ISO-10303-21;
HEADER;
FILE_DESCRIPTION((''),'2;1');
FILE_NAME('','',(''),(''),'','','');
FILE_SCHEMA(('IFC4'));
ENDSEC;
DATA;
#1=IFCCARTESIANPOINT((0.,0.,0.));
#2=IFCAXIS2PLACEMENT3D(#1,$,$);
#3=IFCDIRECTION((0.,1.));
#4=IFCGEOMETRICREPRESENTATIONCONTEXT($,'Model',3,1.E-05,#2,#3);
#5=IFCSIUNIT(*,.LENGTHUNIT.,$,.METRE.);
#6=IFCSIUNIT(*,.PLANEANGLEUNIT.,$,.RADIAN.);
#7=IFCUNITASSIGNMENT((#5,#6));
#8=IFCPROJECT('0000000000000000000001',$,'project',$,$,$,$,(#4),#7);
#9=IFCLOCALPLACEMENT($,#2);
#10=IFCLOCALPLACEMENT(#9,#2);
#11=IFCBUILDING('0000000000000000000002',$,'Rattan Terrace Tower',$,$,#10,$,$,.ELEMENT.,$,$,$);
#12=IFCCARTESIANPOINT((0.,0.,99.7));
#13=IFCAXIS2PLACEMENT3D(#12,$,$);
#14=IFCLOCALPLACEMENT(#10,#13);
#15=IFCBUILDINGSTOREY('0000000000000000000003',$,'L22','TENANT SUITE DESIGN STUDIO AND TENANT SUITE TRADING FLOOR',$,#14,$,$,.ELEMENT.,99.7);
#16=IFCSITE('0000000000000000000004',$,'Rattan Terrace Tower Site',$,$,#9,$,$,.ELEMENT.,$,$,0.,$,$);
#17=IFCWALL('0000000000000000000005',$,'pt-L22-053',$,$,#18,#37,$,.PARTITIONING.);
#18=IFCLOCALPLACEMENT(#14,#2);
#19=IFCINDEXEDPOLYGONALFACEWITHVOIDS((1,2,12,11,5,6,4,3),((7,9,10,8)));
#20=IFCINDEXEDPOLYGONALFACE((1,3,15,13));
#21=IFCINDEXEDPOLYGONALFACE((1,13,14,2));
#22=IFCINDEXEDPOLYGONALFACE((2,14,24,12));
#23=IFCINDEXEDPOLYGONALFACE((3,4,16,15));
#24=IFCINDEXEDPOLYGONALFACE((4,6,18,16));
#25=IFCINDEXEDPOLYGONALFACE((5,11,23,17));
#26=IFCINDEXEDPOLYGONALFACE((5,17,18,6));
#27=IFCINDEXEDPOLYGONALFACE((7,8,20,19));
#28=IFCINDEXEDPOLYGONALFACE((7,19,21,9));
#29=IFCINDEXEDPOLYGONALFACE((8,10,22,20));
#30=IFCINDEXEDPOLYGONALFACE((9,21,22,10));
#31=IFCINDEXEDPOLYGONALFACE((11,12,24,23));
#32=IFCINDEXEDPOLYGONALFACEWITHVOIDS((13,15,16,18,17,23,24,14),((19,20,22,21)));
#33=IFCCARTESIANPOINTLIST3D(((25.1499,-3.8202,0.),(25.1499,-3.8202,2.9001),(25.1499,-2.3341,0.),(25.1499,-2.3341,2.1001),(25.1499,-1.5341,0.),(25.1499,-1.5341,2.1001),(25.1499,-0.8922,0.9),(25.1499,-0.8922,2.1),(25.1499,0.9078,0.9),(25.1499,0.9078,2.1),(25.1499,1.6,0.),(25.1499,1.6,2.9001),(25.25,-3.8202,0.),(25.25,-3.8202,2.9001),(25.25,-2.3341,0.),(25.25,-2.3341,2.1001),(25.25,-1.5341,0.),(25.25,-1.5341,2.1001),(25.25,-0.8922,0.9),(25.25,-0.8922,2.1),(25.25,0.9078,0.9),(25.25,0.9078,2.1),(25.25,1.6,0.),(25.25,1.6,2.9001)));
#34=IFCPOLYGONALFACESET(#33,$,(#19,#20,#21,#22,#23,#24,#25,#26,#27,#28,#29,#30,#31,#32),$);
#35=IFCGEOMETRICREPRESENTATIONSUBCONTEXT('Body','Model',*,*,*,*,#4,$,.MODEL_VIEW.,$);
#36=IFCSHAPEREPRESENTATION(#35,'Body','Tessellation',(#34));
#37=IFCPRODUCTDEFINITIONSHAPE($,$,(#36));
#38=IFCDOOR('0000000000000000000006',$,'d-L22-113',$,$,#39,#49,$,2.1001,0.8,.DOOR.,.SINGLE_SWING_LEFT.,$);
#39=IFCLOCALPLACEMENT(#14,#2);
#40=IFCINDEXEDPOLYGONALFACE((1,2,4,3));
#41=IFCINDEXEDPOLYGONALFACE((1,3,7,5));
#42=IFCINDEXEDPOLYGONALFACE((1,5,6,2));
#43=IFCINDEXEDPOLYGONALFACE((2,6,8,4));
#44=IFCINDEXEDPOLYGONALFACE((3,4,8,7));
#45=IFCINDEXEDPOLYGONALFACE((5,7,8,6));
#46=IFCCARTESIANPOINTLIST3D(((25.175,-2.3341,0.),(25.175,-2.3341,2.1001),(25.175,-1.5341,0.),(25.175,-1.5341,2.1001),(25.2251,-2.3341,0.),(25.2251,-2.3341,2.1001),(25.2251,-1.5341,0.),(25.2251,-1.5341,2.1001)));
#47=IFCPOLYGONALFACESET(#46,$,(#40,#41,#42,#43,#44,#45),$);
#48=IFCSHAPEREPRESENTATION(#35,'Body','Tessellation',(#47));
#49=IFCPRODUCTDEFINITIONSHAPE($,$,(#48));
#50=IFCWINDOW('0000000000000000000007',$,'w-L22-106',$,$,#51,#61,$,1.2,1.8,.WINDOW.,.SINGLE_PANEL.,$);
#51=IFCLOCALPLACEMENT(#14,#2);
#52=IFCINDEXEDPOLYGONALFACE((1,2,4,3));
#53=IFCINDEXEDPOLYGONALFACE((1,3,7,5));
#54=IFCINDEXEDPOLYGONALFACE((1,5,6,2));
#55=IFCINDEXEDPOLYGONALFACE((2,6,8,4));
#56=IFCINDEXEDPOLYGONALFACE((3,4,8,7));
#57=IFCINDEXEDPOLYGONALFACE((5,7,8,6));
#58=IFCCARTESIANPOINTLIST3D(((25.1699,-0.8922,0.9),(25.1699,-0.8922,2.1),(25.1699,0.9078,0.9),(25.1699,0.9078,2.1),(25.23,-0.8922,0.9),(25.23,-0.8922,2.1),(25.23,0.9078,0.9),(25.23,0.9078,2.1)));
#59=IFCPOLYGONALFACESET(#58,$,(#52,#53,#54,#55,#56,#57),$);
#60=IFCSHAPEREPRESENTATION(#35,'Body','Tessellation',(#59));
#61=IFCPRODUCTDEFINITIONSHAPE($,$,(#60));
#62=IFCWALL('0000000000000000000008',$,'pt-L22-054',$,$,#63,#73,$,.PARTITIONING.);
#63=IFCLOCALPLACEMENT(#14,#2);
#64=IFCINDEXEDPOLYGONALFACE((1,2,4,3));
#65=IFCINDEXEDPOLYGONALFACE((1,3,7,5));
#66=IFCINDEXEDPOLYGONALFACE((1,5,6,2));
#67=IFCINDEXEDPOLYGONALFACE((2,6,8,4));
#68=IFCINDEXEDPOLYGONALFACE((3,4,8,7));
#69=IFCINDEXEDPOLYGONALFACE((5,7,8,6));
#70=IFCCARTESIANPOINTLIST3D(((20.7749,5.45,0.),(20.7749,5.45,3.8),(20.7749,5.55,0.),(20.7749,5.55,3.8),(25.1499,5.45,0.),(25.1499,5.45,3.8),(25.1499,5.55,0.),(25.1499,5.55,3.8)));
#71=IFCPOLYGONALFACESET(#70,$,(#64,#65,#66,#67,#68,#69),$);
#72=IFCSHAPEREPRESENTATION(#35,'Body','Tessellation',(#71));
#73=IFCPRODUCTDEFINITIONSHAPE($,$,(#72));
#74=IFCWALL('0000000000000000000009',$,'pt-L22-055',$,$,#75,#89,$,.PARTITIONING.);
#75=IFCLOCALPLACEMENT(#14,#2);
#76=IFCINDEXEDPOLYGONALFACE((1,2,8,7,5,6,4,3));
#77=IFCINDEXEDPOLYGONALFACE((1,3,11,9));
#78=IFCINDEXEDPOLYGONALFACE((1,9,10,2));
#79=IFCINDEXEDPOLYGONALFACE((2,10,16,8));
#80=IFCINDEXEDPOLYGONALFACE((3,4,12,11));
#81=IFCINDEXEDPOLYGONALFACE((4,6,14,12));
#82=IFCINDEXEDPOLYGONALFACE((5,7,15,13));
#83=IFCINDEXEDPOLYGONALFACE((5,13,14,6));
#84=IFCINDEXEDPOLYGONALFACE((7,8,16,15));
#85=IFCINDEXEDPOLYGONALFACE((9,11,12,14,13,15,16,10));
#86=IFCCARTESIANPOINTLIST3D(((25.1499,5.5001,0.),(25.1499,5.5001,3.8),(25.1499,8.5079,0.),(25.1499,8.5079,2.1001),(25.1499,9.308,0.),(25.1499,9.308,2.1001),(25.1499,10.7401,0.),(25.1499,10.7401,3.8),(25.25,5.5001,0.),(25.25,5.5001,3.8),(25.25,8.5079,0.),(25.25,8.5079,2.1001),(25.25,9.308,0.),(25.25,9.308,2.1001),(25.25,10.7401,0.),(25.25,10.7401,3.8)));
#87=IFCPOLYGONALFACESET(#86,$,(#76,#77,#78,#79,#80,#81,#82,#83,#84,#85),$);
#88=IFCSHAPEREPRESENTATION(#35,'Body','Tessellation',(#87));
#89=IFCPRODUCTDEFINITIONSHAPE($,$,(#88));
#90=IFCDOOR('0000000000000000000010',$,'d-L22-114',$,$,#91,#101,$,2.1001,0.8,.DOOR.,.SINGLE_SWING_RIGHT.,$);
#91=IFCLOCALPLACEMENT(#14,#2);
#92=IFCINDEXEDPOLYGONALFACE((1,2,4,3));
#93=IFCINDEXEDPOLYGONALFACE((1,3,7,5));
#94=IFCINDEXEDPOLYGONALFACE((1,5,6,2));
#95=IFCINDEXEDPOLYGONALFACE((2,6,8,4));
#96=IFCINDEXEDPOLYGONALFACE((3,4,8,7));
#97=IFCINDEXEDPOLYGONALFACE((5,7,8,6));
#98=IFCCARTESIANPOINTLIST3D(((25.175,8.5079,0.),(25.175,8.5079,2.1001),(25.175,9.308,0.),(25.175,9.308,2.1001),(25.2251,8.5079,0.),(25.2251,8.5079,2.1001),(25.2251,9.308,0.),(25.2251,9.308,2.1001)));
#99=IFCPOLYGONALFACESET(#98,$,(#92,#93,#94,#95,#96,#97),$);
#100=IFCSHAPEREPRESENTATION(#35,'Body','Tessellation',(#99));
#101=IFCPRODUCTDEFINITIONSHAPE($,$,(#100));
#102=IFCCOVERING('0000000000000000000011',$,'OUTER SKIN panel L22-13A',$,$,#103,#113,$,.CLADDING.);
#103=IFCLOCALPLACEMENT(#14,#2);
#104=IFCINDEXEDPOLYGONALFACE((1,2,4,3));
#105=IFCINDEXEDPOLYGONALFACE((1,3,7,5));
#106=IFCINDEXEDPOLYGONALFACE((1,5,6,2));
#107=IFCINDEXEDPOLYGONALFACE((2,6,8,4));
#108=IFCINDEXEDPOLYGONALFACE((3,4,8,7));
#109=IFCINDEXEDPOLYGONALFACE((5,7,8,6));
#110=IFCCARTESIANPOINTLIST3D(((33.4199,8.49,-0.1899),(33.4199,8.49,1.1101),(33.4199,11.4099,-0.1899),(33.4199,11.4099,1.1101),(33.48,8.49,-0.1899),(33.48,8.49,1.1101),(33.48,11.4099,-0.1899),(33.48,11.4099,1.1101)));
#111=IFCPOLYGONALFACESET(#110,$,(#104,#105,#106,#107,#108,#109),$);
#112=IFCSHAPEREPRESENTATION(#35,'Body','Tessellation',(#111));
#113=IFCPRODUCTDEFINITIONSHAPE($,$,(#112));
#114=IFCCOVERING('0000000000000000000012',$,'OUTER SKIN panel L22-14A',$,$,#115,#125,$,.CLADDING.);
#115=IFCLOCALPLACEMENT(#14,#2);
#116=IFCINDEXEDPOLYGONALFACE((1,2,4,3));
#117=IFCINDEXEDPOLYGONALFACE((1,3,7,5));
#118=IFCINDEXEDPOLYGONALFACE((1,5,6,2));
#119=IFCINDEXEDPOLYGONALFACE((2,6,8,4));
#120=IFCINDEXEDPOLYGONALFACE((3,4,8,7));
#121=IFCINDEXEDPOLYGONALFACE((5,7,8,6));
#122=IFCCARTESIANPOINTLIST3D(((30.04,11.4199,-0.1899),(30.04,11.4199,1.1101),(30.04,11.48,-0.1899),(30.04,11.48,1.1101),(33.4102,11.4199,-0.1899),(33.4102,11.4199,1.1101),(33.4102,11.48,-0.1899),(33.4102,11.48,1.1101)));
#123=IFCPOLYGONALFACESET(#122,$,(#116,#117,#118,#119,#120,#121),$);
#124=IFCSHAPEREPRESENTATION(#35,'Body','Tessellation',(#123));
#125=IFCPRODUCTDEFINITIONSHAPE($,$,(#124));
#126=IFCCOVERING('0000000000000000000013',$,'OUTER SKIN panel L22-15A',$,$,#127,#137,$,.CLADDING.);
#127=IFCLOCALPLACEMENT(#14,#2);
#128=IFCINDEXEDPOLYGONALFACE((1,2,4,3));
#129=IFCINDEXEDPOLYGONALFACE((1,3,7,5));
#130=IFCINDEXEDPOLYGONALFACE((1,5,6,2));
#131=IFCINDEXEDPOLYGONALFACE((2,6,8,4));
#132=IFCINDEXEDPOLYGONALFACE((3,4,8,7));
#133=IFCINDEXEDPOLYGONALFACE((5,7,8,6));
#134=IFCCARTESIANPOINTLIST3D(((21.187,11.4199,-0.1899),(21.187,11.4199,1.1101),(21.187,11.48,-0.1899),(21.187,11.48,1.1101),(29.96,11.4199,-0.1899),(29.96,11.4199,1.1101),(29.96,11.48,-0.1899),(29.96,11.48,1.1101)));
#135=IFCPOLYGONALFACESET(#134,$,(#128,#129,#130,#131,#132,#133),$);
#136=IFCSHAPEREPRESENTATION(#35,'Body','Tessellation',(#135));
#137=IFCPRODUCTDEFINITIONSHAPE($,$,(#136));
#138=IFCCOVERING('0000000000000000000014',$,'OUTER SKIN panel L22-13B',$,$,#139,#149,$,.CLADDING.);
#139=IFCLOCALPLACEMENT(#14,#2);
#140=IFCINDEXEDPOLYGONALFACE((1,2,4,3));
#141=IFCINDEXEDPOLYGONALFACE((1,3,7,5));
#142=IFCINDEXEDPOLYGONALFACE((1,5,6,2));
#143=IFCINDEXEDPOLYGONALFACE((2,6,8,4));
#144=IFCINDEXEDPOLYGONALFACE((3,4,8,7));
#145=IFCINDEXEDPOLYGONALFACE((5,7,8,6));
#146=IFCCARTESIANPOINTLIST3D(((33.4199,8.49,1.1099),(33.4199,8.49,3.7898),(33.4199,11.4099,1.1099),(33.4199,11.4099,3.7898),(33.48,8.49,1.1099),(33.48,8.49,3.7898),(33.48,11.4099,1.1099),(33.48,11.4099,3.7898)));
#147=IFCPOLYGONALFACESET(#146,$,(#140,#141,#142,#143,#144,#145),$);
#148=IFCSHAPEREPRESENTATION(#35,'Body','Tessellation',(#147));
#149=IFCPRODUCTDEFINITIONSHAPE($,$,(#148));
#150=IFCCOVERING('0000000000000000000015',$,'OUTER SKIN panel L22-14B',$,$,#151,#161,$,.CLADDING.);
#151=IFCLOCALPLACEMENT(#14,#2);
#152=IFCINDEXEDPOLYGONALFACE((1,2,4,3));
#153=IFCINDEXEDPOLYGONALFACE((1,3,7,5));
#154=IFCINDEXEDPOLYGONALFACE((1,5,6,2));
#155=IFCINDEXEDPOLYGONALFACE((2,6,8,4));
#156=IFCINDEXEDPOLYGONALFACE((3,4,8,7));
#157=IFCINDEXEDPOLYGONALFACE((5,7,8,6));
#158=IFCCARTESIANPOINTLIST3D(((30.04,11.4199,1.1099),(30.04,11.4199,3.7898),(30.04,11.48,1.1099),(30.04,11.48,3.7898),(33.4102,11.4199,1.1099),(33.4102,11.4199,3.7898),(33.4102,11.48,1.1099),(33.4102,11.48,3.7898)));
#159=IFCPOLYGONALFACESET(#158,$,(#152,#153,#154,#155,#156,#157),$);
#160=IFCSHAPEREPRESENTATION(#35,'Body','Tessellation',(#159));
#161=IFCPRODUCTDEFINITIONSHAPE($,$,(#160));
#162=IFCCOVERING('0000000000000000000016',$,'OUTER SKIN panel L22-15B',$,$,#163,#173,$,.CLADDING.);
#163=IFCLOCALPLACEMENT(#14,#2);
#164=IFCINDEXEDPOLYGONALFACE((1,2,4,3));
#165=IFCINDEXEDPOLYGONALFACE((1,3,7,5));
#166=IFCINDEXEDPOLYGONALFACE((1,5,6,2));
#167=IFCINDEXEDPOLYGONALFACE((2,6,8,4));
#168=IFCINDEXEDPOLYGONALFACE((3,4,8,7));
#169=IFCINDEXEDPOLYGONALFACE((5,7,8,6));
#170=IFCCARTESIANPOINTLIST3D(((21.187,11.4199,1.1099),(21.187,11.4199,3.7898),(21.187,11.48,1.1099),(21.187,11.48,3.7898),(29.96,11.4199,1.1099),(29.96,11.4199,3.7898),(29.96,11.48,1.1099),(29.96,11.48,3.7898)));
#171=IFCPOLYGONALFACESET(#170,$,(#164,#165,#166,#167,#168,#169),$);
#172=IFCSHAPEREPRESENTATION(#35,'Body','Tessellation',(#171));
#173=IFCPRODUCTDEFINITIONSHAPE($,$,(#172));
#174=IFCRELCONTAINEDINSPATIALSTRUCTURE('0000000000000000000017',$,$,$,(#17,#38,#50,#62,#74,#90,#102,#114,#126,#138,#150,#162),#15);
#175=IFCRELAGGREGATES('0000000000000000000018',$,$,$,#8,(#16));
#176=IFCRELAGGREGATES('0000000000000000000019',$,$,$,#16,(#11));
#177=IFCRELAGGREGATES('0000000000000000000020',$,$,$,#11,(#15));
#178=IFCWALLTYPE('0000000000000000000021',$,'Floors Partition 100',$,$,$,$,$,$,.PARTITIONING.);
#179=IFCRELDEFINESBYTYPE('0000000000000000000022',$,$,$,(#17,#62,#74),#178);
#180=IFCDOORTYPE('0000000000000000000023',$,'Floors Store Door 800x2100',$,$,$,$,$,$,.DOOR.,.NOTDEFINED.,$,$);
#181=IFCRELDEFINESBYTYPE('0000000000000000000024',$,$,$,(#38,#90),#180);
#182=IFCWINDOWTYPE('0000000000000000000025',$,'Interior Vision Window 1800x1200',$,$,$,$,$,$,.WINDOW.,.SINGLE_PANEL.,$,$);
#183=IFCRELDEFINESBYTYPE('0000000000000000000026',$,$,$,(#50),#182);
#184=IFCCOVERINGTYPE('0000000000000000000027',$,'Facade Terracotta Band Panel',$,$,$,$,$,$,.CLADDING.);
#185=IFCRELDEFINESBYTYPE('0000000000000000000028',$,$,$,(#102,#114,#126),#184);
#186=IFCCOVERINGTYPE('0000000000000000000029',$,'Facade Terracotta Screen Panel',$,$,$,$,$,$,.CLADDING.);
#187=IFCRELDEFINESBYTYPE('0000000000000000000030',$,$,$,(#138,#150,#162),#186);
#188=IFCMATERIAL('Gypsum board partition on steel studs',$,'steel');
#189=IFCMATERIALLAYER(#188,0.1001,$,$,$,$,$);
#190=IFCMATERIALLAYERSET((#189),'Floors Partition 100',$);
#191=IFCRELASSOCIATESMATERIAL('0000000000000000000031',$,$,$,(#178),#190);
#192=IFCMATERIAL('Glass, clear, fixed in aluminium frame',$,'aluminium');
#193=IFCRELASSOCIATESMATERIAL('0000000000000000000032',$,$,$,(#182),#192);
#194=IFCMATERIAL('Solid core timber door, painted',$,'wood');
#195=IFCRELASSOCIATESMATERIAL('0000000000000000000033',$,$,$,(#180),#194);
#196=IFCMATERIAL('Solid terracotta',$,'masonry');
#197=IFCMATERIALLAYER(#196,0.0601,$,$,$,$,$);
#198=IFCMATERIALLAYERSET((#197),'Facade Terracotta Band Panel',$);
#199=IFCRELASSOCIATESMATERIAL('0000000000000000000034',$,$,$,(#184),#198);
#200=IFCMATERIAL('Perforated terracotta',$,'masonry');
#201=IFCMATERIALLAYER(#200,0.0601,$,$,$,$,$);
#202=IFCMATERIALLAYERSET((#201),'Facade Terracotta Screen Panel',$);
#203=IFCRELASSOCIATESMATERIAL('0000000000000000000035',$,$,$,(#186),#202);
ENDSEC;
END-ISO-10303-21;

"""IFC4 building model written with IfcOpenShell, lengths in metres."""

from ifc_helpers import new_model, si_unit, direction, frame, frame_2d, origin, origin_2d, place, context, subcontext, project, spatial, rectangle, extrude, material, layer, layer_set, type_object, element, fill, save


model = new_model("IFC4")

# Units and contexts
model_context = context("Model", 3, precision=1e-05, world=origin(), true_north=direction((0.0, 1.0)))
body_context = subcontext(model_context, "Body", "Model", "MODEL_VIEW")
ifc_project = project(units=[si_unit("LENGTHUNIT", "METRE"), si_unit("PLANEANGLEUNIT", "RADIAN")], contexts=[model_context])

# Site, building, storey
site_placement = place(None, origin())
site = spatial("IfcSite", under=ifc_project, at=site_placement, Name="Rattan Terrace Tower Site", CompositionType="ELEMENT", RefElevation=0.0)
building_placement = place(site_placement, origin())
building = spatial("IfcBuilding", under=site, at=building_placement, Name="Rattan Terrace Tower", CompositionType="ELEMENT")
storey_placement = place(building_placement, frame((0.0, 0.0, 99.7)))
storey = spatial("IfcBuildingStorey", under=building, at=storey_placement, Name="L22", Description="TENANT SUITE DESIGN STUDIO AND TENANT SUITE TRADING FLOOR", CompositionType="ELEMENT", Elevation=99.7)

# Shared definitions
ifc_material_1 = material(Name="Gypsum board partition on steel studs", Category="steel")
ifc_layer_1 = layer(ifc_material_1, 0.1001)
ifc_layer_set_1 = layer_set([ifc_layer_1], Name="Floors Partition 100")
wall_type_1 = type_object("IfcWallType", Name="Floors Partition 100", PredefinedType="PARTITIONING", material=ifc_layer_set_1)
ifc_material_2 = material(Name="Glass, clear, fixed in aluminium frame", Category="aluminium")
window_type = type_object("IfcWindowType", Name="Interior Vision Window 1800x1200", PartitioningType="SINGLE_PANEL", PredefinedType="WINDOW", material=ifc_material_2)

# Wall, openings, door, window
wall_1_placement = place(storey_placement, frame((25.2, -3.8201, 0.0), z_axis=(0.0, 0.0, 1.0), x_axis=(0.0, 1.0, 0.0)))
wall_1 = element("IfcWall", 1, at=wall_1_placement, inside=storey, type_object=wall_type_1, Name="pt-L22-053", PredefinedType="PARTITIONING", context=body_context, shape_type="SweptSolid", body=[
    extrude(rectangle(XDim=5.4202, YDim=0.1001, at=frame_2d((2.71, 0.0))), origin(), (0.0, 0.0, 1.0), 2.9001),
])
opening_1_placement = place(wall_1_placement, frame((1.4861, 0.0, 0.0)))
opening_1 = element("IfcOpeningElement", 2, at=opening_1_placement, cuts=wall_1, PredefinedType="OPENING", context=body_context, shape_type="SweptSolid", body=[
    extrude(rectangle(XDim=0.8, YDim=2.1001, at=frame_2d((0.3999, 1.05))), frame((0.0, 0.0605, 0.0), z_axis=(0.0, -1.0, 0.0), x_axis=(1.0, 0.0, 0.0)), (0.0, 0.0, 1.0), 0.1211),
])
opening_2_placement = place(wall_1_placement, frame((2.928, 0.0, 0.8999)))
opening_2 = element("IfcOpeningElement", 3, at=opening_2_placement, cuts=wall_1, PredefinedType="OPENING", context=body_context, shape_type="SweptSolid", body=[
    extrude(rectangle(XDim=1.8, YDim=1.2, at=frame_2d((0.8999, 0.6001))), frame((0.0, 0.0605, 0.0), z_axis=(0.0, -1.0, 0.0), x_axis=(1.0, 0.0, 0.0)), (0.0, 0.0, 1.0), 0.1211),
])
ifc_material_3 = material(Name="Solid core timber door, painted", Category="wood")
door_type = type_object("IfcDoorType", Name="Floors Store Door 800x2100", OperationType="NOTDEFINED", PredefinedType="DOOR", material=ifc_material_3)
door_1_placement = place(opening_1_placement, origin())
door_1 = element("IfcDoor", 4, at=door_1_placement, inside=storey, type_object=door_type, Name="d-L22-113", OperationType="SINGLE_SWING_LEFT", OverallHeight=2.1001, OverallWidth=0.8, PredefinedType="DOOR", context=body_context, shape_type="SweptSolid", body=[
    extrude(rectangle(XDim=0.8, YDim=2.1001, at=frame_2d((0.3999, 1.05))), frame((0.0, 0.0249, 0.0), z_axis=(0.0, -1.0, 0.0), x_axis=(1.0, 0.0, 0.0)), (0.0, 0.0, 1.0), 0.05),
])
fill(opening_1, door_1)
window_1_placement = place(opening_2_placement, origin())
window_1 = element("IfcWindow", 5, at=window_1_placement, inside=storey, type_object=window_type, Name="w-L22-106", OverallHeight=1.2, OverallWidth=1.8, PartitioningType="SINGLE_PANEL", PredefinedType="WINDOW", context=body_context, shape_type="SweptSolid", body=[
    extrude(rectangle(XDim=1.8, YDim=1.2, at=frame_2d((0.8999, 0.6001))), frame((0.0, 0.03, 0.0), z_axis=(0.0, -1.0, 0.0), x_axis=(1.0, 0.0, 0.0)), (0.0, 0.0, 1.0), 0.0601),
])
fill(opening_2, window_1)

# Wall
wall_2_placement = place(storey_placement, frame((20.7749, 5.5, 0.0), z_axis=(0.0, 0.0, 1.0), x_axis=(1.0, 0.0, 0.0)))
element("IfcWall", 6, at=wall_2_placement, inside=storey, type_object=wall_type_1, Name="pt-L22-054", PredefinedType="PARTITIONING", context=body_context, shape_type="SweptSolid", body=[
    extrude(rectangle(XDim=4.375, YDim=0.1001, at=frame_2d((2.1875, 0.0))), origin(), (0.0, 0.0, 1.0), 3.8),
])

# Wall, opening, door
wall_3_placement = place(storey_placement, frame((25.2, 5.5, 0.0), z_axis=(0.0, 0.0, 1.0), x_axis=(0.0, 1.0, 0.0)))
wall_3 = element("IfcWall", 7, at=wall_3_placement, inside=storey, type_object=wall_type_1, Name="pt-L22-055", PredefinedType="PARTITIONING", context=body_context, shape_type="SweptSolid", body=[
    extrude(rectangle(XDim=5.24, YDim=0.1001, at=frame_2d((2.6201, 0.0))), origin(), (0.0, 0.0, 1.0), 3.8),
])
opening_3_placement = place(wall_3_placement, frame((3.0081, 0.0, 0.0)))
opening_3 = element("IfcOpeningElement", 8, at=opening_3_placement, cuts=wall_3, PredefinedType="OPENING", context=body_context, shape_type="SweptSolid", body=[
    extrude(rectangle(XDim=0.8, YDim=2.1001, at=frame_2d((0.3999, 1.05))), frame((0.0, 0.0605, 0.0), z_axis=(0.0, -1.0, 0.0), x_axis=(1.0, 0.0, 0.0)), (0.0, 0.0, 1.0), 0.1211),
])
door_2_placement = place(opening_3_placement, origin())
door_2 = element("IfcDoor", 9, at=door_2_placement, inside=storey, type_object=door_type, Name="d-L22-114", OperationType="SINGLE_SWING_RIGHT", OverallHeight=2.1001, OverallWidth=0.8, PredefinedType="DOOR", context=body_context, shape_type="SweptSolid", body=[
    extrude(rectangle(XDim=0.8, YDim=2.1001, at=frame_2d((0.3999, 1.05))), frame((0.0, 0.0249, 0.0), z_axis=(0.0, -1.0, 0.0), x_axis=(1.0, 0.0, 0.0)), (0.0, 0.0, 1.0), 0.05),
])
fill(opening_3, door_2)

# Coverings
ifc_material_4 = material(Name="Solid terracotta", Category="masonry")
ifc_layer_2 = layer(ifc_material_4, 0.0601)
ifc_layer_set_2 = layer_set([ifc_layer_2], Name="Facade Terracotta Band Panel")
covering_type_1 = type_object("IfcCoveringType", Name="Facade Terracotta Band Panel", PredefinedType="CLADDING", material=ifc_layer_set_2)
covering_1_placement = place(storey_placement, frame((33.45, 9.95, -0.1899), z_axis=(0.0, 0.0, 1.0), x_axis=(0.0, 1.0, 0.0)))
element("IfcCovering", 10, at=covering_1_placement, inside=storey, type_object=covering_type_1, Name="OUTER SKIN panel L22-13A", PredefinedType="CLADDING", context=body_context, shape_type="SweptSolid", body=[
    extrude(rectangle(XDim=2.9199, YDim=0.0601, at=origin_2d()), origin(), (0.0, 0.0, 1.0), 1.3),
])
covering_2_placement = place(storey_placement, frame((31.7251, 11.45, -0.1899), z_axis=(0.0, 0.0, 1.0), x_axis=(-1.0, 0.0, 0.0)))
element("IfcCovering", 11, at=covering_2_placement, inside=storey, type_object=covering_type_1, Name="OUTER SKIN panel L22-14A", PredefinedType="CLADDING", context=body_context, shape_type="SweptSolid", body=[
    extrude(rectangle(XDim=3.3701, YDim=0.0601, at=origin_2d()), origin(), (0.0, 0.0, 1.0), 1.3),
])
covering_3_placement = place(storey_placement, frame((25.5735, 11.45, -0.1899), z_axis=(0.0, 0.0, 1.0), x_axis=(-1.0, 0.0, 0.0)))
element("IfcCovering", 12, at=covering_3_placement, inside=storey, type_object=covering_type_1, Name="OUTER SKIN panel L22-15A", PredefinedType="CLADDING", context=body_context, shape_type="SweptSolid", body=[
    extrude(rectangle(XDim=8.7729, YDim=0.0601, at=origin_2d()), origin(), (0.0, 0.0, 1.0), 1.3),
])
ifc_material_5 = material(Name="Perforated terracotta", Category="masonry")
ifc_layer_3 = layer(ifc_material_5, 0.0601)
ifc_layer_set_3 = layer_set([ifc_layer_3], Name="Facade Terracotta Screen Panel")
covering_type_2 = type_object("IfcCoveringType", Name="Facade Terracotta Screen Panel", PredefinedType="CLADDING", material=ifc_layer_set_3)
covering_4_placement = place(storey_placement, frame((33.45, 9.95, 1.1099), z_axis=(0.0, 0.0, 1.0), x_axis=(0.0, 1.0, 0.0)))
element("IfcCovering", 13, at=covering_4_placement, inside=storey, type_object=covering_type_2, Name="OUTER SKIN panel L22-13B", PredefinedType="CLADDING", context=body_context, shape_type="SweptSolid", body=[
    extrude(rectangle(XDim=2.9199, YDim=0.0601, at=origin_2d()), origin(), (0.0, 0.0, 1.0), 2.6799),
])
covering_5_placement = place(storey_placement, frame((31.7251, 11.45, 1.1099), z_axis=(0.0, 0.0, 1.0), x_axis=(-1.0, 0.0, 0.0)))
element("IfcCovering", 14, at=covering_5_placement, inside=storey, type_object=covering_type_2, Name="OUTER SKIN panel L22-14B", PredefinedType="CLADDING", context=body_context, shape_type="SweptSolid", body=[
    extrude(rectangle(XDim=3.3701, YDim=0.0601, at=origin_2d()), origin(), (0.0, 0.0, 1.0), 2.6799),
])
covering_6_placement = place(storey_placement, frame((25.5735, 11.45, 1.1099), z_axis=(0.0, 0.0, 1.0), x_axis=(-1.0, 0.0, 0.0)))
element("IfcCovering", 15, at=covering_6_placement, inside=storey, type_object=covering_type_2, Name="OUTER SKIN panel L22-15B", PredefinedType="CLADDING", context=body_context, shape_type="SweptSolid", body=[
    extrude(rectangle(XDim=8.7729, YDim=0.0601, at=origin_2d()), origin(), (0.0, 0.0, 1.0), 2.6799),
])

save(model, "model.ifc")
